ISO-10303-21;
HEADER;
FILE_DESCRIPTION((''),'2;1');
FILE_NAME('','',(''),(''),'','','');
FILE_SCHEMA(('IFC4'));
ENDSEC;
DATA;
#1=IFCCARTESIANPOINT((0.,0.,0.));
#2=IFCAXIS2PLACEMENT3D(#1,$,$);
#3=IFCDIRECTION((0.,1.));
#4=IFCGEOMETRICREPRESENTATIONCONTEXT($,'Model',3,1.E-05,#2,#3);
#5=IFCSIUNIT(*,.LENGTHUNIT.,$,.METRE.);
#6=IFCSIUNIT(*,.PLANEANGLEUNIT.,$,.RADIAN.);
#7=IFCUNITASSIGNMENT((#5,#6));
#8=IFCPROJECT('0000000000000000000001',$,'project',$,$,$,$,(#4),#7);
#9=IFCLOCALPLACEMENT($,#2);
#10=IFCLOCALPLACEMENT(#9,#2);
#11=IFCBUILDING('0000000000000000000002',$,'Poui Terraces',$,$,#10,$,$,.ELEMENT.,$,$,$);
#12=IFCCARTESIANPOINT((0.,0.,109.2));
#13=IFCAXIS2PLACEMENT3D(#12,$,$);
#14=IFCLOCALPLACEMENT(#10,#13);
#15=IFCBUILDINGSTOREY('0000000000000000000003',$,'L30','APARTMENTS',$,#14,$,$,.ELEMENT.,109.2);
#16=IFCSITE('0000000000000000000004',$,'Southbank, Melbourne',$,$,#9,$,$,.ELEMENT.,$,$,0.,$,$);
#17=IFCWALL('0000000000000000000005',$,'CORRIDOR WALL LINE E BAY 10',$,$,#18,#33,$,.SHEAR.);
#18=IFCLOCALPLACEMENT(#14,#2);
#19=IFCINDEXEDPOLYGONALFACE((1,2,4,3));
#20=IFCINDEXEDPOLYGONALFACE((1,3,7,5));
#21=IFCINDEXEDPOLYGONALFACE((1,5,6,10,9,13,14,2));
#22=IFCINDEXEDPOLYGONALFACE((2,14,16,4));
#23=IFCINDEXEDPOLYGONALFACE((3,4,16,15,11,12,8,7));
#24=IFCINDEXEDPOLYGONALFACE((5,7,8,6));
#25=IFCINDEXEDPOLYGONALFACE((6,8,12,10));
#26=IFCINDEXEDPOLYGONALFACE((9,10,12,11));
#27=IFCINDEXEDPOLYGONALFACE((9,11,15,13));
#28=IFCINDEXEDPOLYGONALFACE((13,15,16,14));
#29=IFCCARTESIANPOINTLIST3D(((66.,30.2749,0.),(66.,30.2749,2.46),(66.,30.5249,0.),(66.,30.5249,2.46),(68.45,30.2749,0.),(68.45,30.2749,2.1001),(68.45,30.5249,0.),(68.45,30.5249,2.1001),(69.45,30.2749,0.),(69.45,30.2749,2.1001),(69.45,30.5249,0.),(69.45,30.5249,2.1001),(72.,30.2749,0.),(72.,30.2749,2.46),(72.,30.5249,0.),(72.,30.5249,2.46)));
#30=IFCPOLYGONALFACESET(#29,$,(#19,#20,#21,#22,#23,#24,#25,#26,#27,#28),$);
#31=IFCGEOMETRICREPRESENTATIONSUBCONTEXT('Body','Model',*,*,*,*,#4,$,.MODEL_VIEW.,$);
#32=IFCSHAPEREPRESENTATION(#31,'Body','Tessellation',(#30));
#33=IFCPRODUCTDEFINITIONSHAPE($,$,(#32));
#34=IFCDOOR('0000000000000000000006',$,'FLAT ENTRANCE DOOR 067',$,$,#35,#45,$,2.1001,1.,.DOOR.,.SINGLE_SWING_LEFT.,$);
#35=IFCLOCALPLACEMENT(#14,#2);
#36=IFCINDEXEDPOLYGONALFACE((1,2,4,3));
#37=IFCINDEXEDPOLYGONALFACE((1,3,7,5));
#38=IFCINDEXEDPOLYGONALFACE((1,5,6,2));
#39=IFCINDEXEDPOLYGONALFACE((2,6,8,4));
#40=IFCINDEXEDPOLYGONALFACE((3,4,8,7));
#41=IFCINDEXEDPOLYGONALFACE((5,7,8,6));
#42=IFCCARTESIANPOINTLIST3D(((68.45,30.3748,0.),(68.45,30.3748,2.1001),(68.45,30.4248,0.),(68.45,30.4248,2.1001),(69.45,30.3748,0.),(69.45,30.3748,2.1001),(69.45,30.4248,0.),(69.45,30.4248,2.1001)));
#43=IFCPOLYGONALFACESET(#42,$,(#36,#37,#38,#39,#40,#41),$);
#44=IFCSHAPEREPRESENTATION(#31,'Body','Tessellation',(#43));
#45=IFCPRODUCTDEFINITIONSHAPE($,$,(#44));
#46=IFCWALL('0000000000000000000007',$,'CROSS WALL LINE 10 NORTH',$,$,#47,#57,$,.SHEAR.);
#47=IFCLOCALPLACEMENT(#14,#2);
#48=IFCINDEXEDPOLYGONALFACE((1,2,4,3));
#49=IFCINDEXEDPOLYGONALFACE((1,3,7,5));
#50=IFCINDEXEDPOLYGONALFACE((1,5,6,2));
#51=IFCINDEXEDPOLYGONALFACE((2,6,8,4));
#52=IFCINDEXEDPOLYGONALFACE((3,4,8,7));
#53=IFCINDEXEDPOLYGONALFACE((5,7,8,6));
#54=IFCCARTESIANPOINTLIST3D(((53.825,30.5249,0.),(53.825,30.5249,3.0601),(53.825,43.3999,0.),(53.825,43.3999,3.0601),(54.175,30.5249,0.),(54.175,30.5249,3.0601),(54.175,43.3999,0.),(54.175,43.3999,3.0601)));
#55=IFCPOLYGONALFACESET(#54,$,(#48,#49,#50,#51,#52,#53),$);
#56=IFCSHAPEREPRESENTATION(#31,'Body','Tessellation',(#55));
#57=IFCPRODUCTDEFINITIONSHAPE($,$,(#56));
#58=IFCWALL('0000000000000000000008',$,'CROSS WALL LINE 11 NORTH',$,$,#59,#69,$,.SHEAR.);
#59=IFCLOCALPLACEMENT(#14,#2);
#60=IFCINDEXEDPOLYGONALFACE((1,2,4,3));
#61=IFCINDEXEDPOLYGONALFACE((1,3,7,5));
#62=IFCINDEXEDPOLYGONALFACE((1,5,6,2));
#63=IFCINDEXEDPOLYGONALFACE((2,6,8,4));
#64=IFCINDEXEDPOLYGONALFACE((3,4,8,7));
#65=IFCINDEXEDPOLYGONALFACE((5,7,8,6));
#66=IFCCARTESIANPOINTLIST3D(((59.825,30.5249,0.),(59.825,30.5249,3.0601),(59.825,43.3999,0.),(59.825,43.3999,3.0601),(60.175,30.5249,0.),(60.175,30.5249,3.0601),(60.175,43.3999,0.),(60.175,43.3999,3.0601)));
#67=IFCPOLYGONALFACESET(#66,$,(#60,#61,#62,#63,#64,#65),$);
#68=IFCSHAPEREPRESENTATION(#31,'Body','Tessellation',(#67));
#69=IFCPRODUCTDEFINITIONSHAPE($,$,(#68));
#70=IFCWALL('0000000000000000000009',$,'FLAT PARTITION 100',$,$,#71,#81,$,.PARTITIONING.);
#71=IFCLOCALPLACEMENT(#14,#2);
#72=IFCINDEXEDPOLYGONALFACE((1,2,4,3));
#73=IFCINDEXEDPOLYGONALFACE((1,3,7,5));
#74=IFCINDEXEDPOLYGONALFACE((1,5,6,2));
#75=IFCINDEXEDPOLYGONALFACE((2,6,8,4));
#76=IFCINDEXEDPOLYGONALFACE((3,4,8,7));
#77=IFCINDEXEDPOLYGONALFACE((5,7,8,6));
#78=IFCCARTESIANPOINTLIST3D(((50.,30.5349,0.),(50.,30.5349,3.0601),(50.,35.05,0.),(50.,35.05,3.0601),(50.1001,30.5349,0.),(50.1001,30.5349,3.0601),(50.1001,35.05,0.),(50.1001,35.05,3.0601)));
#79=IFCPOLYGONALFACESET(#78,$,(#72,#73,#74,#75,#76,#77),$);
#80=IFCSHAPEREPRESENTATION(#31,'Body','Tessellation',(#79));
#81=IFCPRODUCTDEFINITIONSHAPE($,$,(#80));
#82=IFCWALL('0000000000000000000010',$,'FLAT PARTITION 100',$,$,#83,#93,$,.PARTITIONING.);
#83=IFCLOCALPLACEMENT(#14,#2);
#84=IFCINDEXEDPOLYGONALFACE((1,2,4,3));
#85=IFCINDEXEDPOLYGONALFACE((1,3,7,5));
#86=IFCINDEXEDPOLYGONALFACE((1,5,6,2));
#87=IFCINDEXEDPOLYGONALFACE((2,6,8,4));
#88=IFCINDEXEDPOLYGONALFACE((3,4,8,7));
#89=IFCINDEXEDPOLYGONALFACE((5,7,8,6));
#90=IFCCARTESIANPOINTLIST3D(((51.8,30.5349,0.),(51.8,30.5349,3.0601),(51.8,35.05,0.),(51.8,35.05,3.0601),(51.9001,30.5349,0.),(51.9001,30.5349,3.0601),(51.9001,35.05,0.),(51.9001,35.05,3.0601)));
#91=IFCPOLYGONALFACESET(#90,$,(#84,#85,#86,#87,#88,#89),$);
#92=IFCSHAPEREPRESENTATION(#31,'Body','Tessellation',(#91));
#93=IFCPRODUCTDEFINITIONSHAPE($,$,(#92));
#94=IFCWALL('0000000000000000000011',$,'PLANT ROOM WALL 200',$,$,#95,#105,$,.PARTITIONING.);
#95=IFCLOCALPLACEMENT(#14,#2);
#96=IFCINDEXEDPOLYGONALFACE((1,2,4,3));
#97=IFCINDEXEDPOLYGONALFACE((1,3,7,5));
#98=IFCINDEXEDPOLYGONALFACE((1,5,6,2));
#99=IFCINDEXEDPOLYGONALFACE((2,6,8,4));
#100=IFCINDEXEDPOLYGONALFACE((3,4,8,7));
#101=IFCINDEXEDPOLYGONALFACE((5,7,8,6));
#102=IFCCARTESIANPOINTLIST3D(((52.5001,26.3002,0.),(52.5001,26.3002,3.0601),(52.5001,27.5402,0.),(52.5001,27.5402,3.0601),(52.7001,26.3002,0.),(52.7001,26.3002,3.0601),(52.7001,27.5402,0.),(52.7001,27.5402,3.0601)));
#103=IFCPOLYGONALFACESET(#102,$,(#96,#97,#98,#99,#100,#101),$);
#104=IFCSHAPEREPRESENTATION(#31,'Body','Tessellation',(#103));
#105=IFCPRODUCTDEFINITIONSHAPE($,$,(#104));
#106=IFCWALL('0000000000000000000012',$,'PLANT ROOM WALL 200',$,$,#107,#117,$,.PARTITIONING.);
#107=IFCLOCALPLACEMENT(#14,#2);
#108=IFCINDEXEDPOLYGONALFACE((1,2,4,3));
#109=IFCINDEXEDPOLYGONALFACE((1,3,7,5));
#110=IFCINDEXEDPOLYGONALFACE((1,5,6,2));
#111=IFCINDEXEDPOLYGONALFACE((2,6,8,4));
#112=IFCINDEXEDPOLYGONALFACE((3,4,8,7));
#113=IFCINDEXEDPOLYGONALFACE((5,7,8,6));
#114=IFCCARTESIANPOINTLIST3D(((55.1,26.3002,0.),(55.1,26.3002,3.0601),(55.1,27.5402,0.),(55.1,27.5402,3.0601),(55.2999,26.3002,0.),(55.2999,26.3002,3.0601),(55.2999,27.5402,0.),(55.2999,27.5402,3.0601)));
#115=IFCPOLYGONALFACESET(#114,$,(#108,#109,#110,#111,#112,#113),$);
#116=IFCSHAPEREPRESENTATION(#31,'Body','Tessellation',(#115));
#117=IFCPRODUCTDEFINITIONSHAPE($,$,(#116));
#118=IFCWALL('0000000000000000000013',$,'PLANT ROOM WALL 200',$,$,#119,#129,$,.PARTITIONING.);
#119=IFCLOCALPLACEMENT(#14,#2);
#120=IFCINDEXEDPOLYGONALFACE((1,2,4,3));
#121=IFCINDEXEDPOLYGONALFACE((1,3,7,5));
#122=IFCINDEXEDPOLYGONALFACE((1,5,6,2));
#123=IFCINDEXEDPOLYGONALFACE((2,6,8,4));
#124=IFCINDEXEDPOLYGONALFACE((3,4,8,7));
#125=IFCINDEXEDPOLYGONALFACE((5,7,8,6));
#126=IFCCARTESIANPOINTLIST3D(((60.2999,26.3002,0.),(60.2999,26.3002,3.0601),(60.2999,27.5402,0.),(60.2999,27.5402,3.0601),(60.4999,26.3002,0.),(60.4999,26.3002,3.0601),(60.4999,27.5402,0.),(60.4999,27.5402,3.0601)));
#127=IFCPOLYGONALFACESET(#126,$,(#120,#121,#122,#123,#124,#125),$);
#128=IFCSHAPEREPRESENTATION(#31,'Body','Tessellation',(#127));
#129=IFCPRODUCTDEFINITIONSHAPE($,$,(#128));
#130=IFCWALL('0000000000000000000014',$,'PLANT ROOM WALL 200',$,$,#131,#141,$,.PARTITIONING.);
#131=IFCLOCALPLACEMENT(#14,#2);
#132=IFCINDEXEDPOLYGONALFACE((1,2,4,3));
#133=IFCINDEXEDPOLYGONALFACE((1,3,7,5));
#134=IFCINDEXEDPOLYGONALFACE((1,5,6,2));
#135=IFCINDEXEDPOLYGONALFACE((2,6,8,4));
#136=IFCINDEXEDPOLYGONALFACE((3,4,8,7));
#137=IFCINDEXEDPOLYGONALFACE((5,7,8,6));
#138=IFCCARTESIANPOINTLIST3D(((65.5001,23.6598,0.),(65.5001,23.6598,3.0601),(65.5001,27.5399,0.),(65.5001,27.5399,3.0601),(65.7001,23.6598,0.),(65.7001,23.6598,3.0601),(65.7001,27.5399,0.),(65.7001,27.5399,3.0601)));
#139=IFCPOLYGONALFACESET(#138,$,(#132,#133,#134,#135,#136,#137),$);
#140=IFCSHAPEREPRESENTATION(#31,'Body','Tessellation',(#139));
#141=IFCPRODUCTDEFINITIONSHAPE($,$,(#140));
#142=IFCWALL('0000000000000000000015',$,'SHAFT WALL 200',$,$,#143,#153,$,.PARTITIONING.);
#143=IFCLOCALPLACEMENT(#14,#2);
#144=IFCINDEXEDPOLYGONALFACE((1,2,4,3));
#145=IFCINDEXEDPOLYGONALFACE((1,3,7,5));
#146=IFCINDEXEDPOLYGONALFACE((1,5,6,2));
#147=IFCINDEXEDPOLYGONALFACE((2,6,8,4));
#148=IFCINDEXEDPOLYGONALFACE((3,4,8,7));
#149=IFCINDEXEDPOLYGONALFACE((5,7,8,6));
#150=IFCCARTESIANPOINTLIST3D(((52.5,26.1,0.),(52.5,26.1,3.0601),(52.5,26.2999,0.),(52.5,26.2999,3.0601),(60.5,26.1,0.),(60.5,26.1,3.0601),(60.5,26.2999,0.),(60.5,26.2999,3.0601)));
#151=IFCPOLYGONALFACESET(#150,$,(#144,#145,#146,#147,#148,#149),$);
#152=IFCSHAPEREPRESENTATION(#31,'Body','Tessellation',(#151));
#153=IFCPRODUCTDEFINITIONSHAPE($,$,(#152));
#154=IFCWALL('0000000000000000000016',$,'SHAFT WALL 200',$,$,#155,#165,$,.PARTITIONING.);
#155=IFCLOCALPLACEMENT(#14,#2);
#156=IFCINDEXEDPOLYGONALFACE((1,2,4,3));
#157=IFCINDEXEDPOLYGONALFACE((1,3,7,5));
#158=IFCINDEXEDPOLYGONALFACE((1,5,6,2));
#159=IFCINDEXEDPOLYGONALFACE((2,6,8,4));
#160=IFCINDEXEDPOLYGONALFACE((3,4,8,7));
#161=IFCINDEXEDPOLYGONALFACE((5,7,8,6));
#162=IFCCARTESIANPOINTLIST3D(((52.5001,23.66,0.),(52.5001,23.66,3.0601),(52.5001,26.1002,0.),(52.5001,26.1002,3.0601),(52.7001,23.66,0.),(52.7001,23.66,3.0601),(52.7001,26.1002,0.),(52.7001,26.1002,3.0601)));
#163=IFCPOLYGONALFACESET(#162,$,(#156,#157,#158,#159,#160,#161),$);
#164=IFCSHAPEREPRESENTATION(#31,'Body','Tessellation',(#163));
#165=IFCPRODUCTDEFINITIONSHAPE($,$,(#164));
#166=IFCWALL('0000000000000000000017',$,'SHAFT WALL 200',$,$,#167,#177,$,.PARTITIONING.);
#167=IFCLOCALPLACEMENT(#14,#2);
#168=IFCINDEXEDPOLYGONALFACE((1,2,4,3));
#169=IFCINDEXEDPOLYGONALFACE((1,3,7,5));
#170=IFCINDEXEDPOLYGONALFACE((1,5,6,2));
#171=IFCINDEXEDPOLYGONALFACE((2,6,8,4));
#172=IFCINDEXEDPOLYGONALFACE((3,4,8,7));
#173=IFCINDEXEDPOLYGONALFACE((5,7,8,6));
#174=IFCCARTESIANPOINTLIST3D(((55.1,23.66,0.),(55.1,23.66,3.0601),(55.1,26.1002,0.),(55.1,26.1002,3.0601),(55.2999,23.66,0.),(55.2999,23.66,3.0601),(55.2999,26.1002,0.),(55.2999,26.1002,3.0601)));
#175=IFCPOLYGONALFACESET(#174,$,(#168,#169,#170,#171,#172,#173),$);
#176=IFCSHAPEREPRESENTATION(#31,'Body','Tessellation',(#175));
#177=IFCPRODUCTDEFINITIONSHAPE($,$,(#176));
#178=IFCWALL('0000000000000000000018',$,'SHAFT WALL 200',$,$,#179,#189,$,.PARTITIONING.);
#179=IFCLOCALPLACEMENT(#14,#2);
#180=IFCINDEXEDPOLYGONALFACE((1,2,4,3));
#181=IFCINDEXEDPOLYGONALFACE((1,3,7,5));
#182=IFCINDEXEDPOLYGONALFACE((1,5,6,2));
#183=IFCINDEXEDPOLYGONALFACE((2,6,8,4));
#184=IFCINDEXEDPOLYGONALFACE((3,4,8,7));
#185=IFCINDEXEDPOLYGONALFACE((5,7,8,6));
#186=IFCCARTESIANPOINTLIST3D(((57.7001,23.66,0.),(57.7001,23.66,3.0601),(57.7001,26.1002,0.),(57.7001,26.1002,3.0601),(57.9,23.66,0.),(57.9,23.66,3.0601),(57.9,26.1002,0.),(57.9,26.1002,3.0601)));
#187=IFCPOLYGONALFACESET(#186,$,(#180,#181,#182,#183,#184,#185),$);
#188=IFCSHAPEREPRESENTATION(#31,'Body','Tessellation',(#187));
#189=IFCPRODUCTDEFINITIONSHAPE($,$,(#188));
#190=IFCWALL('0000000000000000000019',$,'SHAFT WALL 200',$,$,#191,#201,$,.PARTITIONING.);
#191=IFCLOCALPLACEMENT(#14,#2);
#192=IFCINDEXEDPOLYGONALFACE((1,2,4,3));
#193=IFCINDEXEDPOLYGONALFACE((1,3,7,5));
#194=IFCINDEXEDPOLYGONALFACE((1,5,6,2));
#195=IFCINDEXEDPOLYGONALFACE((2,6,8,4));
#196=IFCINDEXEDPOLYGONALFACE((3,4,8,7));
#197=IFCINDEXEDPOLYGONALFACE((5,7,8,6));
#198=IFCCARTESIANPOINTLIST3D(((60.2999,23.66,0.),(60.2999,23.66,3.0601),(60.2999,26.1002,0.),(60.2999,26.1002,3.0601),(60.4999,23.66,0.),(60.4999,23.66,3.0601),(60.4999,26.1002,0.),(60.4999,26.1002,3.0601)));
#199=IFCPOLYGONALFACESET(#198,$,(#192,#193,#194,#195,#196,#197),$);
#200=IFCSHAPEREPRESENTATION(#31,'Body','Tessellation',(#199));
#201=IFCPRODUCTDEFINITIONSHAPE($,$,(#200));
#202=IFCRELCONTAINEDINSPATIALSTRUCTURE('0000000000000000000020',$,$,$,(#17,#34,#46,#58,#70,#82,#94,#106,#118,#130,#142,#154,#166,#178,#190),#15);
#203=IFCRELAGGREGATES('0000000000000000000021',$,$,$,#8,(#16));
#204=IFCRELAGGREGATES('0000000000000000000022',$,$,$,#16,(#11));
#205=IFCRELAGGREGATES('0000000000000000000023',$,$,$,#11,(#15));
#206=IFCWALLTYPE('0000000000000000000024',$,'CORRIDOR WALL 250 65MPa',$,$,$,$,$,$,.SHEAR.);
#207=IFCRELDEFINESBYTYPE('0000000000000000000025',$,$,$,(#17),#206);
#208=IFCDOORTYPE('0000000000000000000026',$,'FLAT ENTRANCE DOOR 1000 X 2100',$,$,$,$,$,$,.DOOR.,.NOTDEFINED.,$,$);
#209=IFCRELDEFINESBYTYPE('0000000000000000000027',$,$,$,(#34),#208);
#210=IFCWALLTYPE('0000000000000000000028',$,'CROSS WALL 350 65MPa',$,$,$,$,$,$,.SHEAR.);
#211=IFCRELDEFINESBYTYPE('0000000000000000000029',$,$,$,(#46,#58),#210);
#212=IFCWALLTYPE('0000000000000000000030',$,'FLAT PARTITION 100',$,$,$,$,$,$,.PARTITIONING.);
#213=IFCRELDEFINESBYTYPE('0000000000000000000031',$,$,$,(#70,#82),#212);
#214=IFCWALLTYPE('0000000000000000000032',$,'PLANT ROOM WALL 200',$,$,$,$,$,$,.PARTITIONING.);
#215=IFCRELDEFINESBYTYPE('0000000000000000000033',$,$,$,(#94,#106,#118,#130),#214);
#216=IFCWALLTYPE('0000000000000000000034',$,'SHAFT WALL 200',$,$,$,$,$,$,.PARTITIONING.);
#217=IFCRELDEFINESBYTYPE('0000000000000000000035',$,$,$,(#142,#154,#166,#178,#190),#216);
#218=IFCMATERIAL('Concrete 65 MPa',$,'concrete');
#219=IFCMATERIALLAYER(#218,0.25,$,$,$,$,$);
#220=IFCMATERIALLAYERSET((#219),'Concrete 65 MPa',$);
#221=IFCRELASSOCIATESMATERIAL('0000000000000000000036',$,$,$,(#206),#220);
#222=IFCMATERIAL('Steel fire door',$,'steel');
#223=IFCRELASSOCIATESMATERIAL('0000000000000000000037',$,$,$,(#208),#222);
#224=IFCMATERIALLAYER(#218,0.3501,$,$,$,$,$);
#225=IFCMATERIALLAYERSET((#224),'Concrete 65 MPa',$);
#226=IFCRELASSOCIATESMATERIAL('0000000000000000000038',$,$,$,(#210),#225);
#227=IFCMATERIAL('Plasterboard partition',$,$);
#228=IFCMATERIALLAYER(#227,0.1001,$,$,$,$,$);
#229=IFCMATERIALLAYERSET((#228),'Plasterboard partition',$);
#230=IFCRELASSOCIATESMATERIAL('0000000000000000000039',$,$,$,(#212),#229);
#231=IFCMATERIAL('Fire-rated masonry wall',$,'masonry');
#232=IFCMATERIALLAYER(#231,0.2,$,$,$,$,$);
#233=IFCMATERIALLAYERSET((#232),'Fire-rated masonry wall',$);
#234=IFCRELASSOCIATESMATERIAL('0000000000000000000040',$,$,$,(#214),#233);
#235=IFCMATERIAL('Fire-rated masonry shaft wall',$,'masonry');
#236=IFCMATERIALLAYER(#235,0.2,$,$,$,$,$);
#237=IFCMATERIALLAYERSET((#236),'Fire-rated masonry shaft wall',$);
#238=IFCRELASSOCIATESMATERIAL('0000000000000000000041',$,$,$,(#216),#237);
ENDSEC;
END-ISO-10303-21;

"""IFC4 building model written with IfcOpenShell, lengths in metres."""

from ifc_helpers import new_model, si_unit, direction, frame, frame_2d, origin, place, context, subcontext, project, spatial, rectangle, extrude, material, layer, layer_set, type_object, element, fill, save


model = new_model("IFC4")

# Units and contexts
model_context = context("Model", 3, precision=1e-05, world=origin(), true_north=direction((0.0, 1.0)))
body_context = subcontext(model_context, "Body", "Model", "MODEL_VIEW")
ifc_project = project(units=[si_unit("LENGTHUNIT", "METRE"), si_unit("PLANEANGLEUNIT", "RADIAN")], contexts=[model_context])

# Site, building, storey
site_placement = place(None, origin())
site = spatial("IfcSite", under=ifc_project, at=site_placement, Name="Southbank, Melbourne", CompositionType="ELEMENT", RefElevation=0.0)
building_placement = place(site_placement, origin())
building = spatial("IfcBuilding", under=site, at=building_placement, Name="Poui Terraces", CompositionType="ELEMENT")
storey_placement = place(building_placement, frame((0.0, 0.0, 109.2)))
storey = spatial("IfcBuildingStorey", under=building, at=storey_placement, Name="L30", Description="APARTMENTS", CompositionType="ELEMENT", Elevation=109.2)

# Shared definitions
ifc_material_1 = material(Name="Concrete 65 MPa", Category="concrete")

# Wall, opening, door
ifc_layer_1 = layer(ifc_material_1, 0.25)
ifc_layer_set_1 = layer_set([ifc_layer_1], Name="Concrete 65 MPa")
wall_type_1 = type_object("IfcWallType", Name="CORRIDOR WALL 250 65MPa", PredefinedType="SHEAR", material=ifc_layer_set_1)
ifc_material_2 = material(Name="Steel fire door", Category="steel")
door_type = type_object("IfcDoorType", Name="FLAT ENTRANCE DOOR 1000 X 2100", OperationType="NOTDEFINED", PredefinedType="DOOR", material=ifc_material_2)
wall_1_placement = place(storey_placement, frame((66.0, 30.3999, 0.0), z_axis=(0.0, 0.0, 1.0), x_axis=(1.0, 0.0, 0.0)))
wall_1 = element("IfcWall", 1, at=wall_1_placement, inside=storey, type_object=wall_type_1, Name="CORRIDOR WALL LINE E BAY 10", PredefinedType="SHEAR", context=body_context, shape_type="SweptSolid", body=[
    extrude(rectangle(XDim=6.0, YDim=0.25, at=frame_2d((3.0, 0.0))), origin(), (0.0, 0.0, 1.0), 2.46),
])
opening_1_placement = place(wall_1_placement, frame((2.45, 0.0, 0.0)))
opening_1 = element("IfcOpeningElement", 2, at=opening_1_placement, cuts=wall_1, PredefinedType="OPENING", context=body_context, shape_type="SweptSolid", body=[
    extrude(rectangle(XDim=1.0, YDim=2.1001, at=frame_2d((0.5, 1.05))), frame((0.0, 0.135, 0.0), z_axis=(0.0, -1.0, 0.0), x_axis=(1.0, 0.0, 0.0)), (0.0, 0.0, 1.0), 0.27),
])
door_1_placement = place(opening_1_placement, origin())
door_1 = element("IfcDoor", 3, at=door_1_placement, inside=storey, type_object=door_type, Name="FLAT ENTRANCE DOOR 067", OperationType="SINGLE_SWING_LEFT", OverallHeight=2.1001, OverallWidth=1.0, PredefinedType="DOOR", context=body_context, shape_type="SweptSolid", body=[
    extrude(rectangle(XDim=1.0, YDim=2.1001, at=frame_2d((0.5, 1.05))), frame((0.0, 0.0249, 0.0), z_axis=(0.0, -1.0, 0.0), x_axis=(1.0, 0.0, 0.0)), (0.0, 0.0, 1.0), 0.05),
])
fill(opening_1, door_1)

# Walls
ifc_layer_2 = layer(ifc_material_1, 0.3501)
ifc_layer_set_2 = layer_set([ifc_layer_2], Name="Concrete 65 MPa")
wall_type_2 = type_object("IfcWallType", Name="CROSS WALL 350 65MPa", PredefinedType="SHEAR", material=ifc_layer_set_2)
for number, where, z_axis, x_axis, name in (
    (4, (54.0, 30.5249, 0.0), (0.0, 0.0, 1.0), (0.0, 1.0, 0.0), "CROSS WALL LINE 10 NORTH"),
    (5, (60.0, 30.5249, 0.0), (0.0, 0.0, 1.0), (0.0, 1.0, 0.0), "CROSS WALL LINE 11 NORTH"),
):
    element("IfcWall", number, at=place(storey_placement, frame(where, z_axis=z_axis, x_axis=x_axis)), inside=storey, type_object=wall_type_2, Name=name, PredefinedType="SHEAR", context=body_context, shape_type="SweptSolid", body=[
        extrude(rectangle(XDim=12.875, YDim=0.3501, at=frame_2d((6.4375, 0.0))), origin(), (0.0, 0.0, 1.0), 3.0601),
    ])
ifc_material_3 = material(Name="Plasterboard partition")
ifc_layer_3 = layer(ifc_material_3, 0.1001)
ifc_layer_set_3 = layer_set([ifc_layer_3], Name="Plasterboard partition")
wall_type_3 = type_object("IfcWallType", Name="FLAT PARTITION 100", PredefinedType="PARTITIONING", material=ifc_layer_set_3)
for number, where, z_axis, x_axis, name in (
    (6, (50.05, 30.5349, 0.0), (0.0, 0.0, 1.0), (0.0, 1.0, 0.0), "FLAT PARTITION 100"),
    (7, (51.8501, 30.5349, 0.0), (0.0, 0.0, 1.0), (0.0, 1.0, 0.0), "FLAT PARTITION 100"),
):
    element("IfcWall", number, at=place(storey_placement, frame(where, z_axis=z_axis, x_axis=x_axis)), inside=storey, type_object=wall_type_3, Name=name, PredefinedType="PARTITIONING", context=body_context, shape_type="SweptSolid", body=[
        extrude(rectangle(XDim=4.5151, YDim=0.1001, at=frame_2d((2.2576, 0.0))), origin(), (0.0, 0.0, 1.0), 3.0601),
    ])
ifc_material_4 = material(Name="Fire-rated masonry wall", Category="masonry")
ifc_layer_4 = layer(ifc_material_4, 0.2)
ifc_layer_set_4 = layer_set([ifc_layer_4], Name="Fire-rated masonry wall")
wall_type_4 = type_object("IfcWallType", Name="PLANT ROOM WALL 200", PredefinedType="PARTITIONING", material=ifc_layer_set_4)
for number, where, z_axis, x_axis, name in (
    (8, (52.6001, 26.3, 0.0), (0.0, 0.0, 1.0), (0.0, 1.0, 0.0), "PLANT ROOM WALL 200"),
    (9, (55.2, 26.3, 0.0), (0.0, 0.0, 1.0), (0.0, 1.0, 0.0), "PLANT ROOM WALL 200"),
    (10, (60.3999, 26.3, 0.0), (0.0, 0.0, 1.0), (0.0, 1.0, 0.0), "PLANT ROOM WALL 200"),
):
    element("IfcWall", number, at=place(storey_placement, frame(where, z_axis=z_axis, x_axis=x_axis)), inside=storey, type_object=wall_type_4, Name=name, PredefinedType="PARTITIONING", context=body_context, shape_type="SweptSolid", body=[
        extrude(rectangle(XDim=1.24, YDim=0.2, at=frame_2d((0.6201, 0.0))), origin(), (0.0, 0.0, 1.0), 3.0601),
    ])
wall_2_placement = place(storey_placement, frame((65.6001, 23.6599, 0.0), z_axis=(0.0, 0.0, 1.0), x_axis=(0.0, 1.0, 0.0)))
element("IfcWall", 11, at=wall_2_placement, inside=storey, type_object=wall_type_4, Name="PLANT ROOM WALL 200", PredefinedType="PARTITIONING", context=body_context, shape_type="SweptSolid", body=[
    extrude(rectangle(XDim=3.8801, YDim=0.2, at=frame_2d((1.9399, 0.0))), origin(), (0.0, 0.0, 1.0), 3.0601),
])
ifc_material_5 = material(Name="Fire-rated masonry shaft wall", Category="masonry")
ifc_layer_5 = layer(ifc_material_5, 0.2)
ifc_layer_set_5 = layer_set([ifc_layer_5], Name="Fire-rated masonry shaft wall")
wall_type_5 = type_object("IfcWallType", Name="SHAFT WALL 200", PredefinedType="PARTITIONING", material=ifc_layer_set_5)
wall_3_placement = place(storey_placement, frame((52.5, 26.2, 0.0), z_axis=(0.0, 0.0, 1.0), x_axis=(1.0, 0.0, 0.0)))
element("IfcWall", 12, at=wall_3_placement, inside=storey, type_object=wall_type_5, Name="SHAFT WALL 200", PredefinedType="PARTITIONING", context=body_context, shape_type="SweptSolid", body=[
    extrude(rectangle(XDim=8.0, YDim=0.2, at=frame_2d((4.0, 0.0))), origin(), (0.0, 0.0, 1.0), 3.0601),
])
for number, where, z_axis, x_axis, name in (
    (13, (52.6001, 23.6599, 0.0), (0.0, 0.0, 1.0), (0.0, 1.0, 0.0), "SHAFT WALL 200"),
    (14, (55.2, 23.6599, 0.0), (0.0, 0.0, 1.0), (0.0, 1.0, 0.0), "SHAFT WALL 200"),
    (15, (57.8, 23.6599, 0.0), (0.0, 0.0, 1.0), (0.0, 1.0, 0.0), "SHAFT WALL 200"),
    (16, (60.3999, 23.6599, 0.0), (0.0, 0.0, 1.0), (0.0, 1.0, 0.0), "SHAFT WALL 200"),
):
    element("IfcWall", number, at=place(storey_placement, frame(where, z_axis=z_axis, x_axis=x_axis)), inside=storey, type_object=wall_type_5, Name=name, PredefinedType="PARTITIONING", context=body_context, shape_type="SweptSolid", body=[
        extrude(rectangle(XDim=2.4402, YDim=0.2, at=frame_2d((1.2202, 0.0))), origin(), (0.0, 0.0, 1.0), 3.0601),
    ])

save(model, "model.ifc")
